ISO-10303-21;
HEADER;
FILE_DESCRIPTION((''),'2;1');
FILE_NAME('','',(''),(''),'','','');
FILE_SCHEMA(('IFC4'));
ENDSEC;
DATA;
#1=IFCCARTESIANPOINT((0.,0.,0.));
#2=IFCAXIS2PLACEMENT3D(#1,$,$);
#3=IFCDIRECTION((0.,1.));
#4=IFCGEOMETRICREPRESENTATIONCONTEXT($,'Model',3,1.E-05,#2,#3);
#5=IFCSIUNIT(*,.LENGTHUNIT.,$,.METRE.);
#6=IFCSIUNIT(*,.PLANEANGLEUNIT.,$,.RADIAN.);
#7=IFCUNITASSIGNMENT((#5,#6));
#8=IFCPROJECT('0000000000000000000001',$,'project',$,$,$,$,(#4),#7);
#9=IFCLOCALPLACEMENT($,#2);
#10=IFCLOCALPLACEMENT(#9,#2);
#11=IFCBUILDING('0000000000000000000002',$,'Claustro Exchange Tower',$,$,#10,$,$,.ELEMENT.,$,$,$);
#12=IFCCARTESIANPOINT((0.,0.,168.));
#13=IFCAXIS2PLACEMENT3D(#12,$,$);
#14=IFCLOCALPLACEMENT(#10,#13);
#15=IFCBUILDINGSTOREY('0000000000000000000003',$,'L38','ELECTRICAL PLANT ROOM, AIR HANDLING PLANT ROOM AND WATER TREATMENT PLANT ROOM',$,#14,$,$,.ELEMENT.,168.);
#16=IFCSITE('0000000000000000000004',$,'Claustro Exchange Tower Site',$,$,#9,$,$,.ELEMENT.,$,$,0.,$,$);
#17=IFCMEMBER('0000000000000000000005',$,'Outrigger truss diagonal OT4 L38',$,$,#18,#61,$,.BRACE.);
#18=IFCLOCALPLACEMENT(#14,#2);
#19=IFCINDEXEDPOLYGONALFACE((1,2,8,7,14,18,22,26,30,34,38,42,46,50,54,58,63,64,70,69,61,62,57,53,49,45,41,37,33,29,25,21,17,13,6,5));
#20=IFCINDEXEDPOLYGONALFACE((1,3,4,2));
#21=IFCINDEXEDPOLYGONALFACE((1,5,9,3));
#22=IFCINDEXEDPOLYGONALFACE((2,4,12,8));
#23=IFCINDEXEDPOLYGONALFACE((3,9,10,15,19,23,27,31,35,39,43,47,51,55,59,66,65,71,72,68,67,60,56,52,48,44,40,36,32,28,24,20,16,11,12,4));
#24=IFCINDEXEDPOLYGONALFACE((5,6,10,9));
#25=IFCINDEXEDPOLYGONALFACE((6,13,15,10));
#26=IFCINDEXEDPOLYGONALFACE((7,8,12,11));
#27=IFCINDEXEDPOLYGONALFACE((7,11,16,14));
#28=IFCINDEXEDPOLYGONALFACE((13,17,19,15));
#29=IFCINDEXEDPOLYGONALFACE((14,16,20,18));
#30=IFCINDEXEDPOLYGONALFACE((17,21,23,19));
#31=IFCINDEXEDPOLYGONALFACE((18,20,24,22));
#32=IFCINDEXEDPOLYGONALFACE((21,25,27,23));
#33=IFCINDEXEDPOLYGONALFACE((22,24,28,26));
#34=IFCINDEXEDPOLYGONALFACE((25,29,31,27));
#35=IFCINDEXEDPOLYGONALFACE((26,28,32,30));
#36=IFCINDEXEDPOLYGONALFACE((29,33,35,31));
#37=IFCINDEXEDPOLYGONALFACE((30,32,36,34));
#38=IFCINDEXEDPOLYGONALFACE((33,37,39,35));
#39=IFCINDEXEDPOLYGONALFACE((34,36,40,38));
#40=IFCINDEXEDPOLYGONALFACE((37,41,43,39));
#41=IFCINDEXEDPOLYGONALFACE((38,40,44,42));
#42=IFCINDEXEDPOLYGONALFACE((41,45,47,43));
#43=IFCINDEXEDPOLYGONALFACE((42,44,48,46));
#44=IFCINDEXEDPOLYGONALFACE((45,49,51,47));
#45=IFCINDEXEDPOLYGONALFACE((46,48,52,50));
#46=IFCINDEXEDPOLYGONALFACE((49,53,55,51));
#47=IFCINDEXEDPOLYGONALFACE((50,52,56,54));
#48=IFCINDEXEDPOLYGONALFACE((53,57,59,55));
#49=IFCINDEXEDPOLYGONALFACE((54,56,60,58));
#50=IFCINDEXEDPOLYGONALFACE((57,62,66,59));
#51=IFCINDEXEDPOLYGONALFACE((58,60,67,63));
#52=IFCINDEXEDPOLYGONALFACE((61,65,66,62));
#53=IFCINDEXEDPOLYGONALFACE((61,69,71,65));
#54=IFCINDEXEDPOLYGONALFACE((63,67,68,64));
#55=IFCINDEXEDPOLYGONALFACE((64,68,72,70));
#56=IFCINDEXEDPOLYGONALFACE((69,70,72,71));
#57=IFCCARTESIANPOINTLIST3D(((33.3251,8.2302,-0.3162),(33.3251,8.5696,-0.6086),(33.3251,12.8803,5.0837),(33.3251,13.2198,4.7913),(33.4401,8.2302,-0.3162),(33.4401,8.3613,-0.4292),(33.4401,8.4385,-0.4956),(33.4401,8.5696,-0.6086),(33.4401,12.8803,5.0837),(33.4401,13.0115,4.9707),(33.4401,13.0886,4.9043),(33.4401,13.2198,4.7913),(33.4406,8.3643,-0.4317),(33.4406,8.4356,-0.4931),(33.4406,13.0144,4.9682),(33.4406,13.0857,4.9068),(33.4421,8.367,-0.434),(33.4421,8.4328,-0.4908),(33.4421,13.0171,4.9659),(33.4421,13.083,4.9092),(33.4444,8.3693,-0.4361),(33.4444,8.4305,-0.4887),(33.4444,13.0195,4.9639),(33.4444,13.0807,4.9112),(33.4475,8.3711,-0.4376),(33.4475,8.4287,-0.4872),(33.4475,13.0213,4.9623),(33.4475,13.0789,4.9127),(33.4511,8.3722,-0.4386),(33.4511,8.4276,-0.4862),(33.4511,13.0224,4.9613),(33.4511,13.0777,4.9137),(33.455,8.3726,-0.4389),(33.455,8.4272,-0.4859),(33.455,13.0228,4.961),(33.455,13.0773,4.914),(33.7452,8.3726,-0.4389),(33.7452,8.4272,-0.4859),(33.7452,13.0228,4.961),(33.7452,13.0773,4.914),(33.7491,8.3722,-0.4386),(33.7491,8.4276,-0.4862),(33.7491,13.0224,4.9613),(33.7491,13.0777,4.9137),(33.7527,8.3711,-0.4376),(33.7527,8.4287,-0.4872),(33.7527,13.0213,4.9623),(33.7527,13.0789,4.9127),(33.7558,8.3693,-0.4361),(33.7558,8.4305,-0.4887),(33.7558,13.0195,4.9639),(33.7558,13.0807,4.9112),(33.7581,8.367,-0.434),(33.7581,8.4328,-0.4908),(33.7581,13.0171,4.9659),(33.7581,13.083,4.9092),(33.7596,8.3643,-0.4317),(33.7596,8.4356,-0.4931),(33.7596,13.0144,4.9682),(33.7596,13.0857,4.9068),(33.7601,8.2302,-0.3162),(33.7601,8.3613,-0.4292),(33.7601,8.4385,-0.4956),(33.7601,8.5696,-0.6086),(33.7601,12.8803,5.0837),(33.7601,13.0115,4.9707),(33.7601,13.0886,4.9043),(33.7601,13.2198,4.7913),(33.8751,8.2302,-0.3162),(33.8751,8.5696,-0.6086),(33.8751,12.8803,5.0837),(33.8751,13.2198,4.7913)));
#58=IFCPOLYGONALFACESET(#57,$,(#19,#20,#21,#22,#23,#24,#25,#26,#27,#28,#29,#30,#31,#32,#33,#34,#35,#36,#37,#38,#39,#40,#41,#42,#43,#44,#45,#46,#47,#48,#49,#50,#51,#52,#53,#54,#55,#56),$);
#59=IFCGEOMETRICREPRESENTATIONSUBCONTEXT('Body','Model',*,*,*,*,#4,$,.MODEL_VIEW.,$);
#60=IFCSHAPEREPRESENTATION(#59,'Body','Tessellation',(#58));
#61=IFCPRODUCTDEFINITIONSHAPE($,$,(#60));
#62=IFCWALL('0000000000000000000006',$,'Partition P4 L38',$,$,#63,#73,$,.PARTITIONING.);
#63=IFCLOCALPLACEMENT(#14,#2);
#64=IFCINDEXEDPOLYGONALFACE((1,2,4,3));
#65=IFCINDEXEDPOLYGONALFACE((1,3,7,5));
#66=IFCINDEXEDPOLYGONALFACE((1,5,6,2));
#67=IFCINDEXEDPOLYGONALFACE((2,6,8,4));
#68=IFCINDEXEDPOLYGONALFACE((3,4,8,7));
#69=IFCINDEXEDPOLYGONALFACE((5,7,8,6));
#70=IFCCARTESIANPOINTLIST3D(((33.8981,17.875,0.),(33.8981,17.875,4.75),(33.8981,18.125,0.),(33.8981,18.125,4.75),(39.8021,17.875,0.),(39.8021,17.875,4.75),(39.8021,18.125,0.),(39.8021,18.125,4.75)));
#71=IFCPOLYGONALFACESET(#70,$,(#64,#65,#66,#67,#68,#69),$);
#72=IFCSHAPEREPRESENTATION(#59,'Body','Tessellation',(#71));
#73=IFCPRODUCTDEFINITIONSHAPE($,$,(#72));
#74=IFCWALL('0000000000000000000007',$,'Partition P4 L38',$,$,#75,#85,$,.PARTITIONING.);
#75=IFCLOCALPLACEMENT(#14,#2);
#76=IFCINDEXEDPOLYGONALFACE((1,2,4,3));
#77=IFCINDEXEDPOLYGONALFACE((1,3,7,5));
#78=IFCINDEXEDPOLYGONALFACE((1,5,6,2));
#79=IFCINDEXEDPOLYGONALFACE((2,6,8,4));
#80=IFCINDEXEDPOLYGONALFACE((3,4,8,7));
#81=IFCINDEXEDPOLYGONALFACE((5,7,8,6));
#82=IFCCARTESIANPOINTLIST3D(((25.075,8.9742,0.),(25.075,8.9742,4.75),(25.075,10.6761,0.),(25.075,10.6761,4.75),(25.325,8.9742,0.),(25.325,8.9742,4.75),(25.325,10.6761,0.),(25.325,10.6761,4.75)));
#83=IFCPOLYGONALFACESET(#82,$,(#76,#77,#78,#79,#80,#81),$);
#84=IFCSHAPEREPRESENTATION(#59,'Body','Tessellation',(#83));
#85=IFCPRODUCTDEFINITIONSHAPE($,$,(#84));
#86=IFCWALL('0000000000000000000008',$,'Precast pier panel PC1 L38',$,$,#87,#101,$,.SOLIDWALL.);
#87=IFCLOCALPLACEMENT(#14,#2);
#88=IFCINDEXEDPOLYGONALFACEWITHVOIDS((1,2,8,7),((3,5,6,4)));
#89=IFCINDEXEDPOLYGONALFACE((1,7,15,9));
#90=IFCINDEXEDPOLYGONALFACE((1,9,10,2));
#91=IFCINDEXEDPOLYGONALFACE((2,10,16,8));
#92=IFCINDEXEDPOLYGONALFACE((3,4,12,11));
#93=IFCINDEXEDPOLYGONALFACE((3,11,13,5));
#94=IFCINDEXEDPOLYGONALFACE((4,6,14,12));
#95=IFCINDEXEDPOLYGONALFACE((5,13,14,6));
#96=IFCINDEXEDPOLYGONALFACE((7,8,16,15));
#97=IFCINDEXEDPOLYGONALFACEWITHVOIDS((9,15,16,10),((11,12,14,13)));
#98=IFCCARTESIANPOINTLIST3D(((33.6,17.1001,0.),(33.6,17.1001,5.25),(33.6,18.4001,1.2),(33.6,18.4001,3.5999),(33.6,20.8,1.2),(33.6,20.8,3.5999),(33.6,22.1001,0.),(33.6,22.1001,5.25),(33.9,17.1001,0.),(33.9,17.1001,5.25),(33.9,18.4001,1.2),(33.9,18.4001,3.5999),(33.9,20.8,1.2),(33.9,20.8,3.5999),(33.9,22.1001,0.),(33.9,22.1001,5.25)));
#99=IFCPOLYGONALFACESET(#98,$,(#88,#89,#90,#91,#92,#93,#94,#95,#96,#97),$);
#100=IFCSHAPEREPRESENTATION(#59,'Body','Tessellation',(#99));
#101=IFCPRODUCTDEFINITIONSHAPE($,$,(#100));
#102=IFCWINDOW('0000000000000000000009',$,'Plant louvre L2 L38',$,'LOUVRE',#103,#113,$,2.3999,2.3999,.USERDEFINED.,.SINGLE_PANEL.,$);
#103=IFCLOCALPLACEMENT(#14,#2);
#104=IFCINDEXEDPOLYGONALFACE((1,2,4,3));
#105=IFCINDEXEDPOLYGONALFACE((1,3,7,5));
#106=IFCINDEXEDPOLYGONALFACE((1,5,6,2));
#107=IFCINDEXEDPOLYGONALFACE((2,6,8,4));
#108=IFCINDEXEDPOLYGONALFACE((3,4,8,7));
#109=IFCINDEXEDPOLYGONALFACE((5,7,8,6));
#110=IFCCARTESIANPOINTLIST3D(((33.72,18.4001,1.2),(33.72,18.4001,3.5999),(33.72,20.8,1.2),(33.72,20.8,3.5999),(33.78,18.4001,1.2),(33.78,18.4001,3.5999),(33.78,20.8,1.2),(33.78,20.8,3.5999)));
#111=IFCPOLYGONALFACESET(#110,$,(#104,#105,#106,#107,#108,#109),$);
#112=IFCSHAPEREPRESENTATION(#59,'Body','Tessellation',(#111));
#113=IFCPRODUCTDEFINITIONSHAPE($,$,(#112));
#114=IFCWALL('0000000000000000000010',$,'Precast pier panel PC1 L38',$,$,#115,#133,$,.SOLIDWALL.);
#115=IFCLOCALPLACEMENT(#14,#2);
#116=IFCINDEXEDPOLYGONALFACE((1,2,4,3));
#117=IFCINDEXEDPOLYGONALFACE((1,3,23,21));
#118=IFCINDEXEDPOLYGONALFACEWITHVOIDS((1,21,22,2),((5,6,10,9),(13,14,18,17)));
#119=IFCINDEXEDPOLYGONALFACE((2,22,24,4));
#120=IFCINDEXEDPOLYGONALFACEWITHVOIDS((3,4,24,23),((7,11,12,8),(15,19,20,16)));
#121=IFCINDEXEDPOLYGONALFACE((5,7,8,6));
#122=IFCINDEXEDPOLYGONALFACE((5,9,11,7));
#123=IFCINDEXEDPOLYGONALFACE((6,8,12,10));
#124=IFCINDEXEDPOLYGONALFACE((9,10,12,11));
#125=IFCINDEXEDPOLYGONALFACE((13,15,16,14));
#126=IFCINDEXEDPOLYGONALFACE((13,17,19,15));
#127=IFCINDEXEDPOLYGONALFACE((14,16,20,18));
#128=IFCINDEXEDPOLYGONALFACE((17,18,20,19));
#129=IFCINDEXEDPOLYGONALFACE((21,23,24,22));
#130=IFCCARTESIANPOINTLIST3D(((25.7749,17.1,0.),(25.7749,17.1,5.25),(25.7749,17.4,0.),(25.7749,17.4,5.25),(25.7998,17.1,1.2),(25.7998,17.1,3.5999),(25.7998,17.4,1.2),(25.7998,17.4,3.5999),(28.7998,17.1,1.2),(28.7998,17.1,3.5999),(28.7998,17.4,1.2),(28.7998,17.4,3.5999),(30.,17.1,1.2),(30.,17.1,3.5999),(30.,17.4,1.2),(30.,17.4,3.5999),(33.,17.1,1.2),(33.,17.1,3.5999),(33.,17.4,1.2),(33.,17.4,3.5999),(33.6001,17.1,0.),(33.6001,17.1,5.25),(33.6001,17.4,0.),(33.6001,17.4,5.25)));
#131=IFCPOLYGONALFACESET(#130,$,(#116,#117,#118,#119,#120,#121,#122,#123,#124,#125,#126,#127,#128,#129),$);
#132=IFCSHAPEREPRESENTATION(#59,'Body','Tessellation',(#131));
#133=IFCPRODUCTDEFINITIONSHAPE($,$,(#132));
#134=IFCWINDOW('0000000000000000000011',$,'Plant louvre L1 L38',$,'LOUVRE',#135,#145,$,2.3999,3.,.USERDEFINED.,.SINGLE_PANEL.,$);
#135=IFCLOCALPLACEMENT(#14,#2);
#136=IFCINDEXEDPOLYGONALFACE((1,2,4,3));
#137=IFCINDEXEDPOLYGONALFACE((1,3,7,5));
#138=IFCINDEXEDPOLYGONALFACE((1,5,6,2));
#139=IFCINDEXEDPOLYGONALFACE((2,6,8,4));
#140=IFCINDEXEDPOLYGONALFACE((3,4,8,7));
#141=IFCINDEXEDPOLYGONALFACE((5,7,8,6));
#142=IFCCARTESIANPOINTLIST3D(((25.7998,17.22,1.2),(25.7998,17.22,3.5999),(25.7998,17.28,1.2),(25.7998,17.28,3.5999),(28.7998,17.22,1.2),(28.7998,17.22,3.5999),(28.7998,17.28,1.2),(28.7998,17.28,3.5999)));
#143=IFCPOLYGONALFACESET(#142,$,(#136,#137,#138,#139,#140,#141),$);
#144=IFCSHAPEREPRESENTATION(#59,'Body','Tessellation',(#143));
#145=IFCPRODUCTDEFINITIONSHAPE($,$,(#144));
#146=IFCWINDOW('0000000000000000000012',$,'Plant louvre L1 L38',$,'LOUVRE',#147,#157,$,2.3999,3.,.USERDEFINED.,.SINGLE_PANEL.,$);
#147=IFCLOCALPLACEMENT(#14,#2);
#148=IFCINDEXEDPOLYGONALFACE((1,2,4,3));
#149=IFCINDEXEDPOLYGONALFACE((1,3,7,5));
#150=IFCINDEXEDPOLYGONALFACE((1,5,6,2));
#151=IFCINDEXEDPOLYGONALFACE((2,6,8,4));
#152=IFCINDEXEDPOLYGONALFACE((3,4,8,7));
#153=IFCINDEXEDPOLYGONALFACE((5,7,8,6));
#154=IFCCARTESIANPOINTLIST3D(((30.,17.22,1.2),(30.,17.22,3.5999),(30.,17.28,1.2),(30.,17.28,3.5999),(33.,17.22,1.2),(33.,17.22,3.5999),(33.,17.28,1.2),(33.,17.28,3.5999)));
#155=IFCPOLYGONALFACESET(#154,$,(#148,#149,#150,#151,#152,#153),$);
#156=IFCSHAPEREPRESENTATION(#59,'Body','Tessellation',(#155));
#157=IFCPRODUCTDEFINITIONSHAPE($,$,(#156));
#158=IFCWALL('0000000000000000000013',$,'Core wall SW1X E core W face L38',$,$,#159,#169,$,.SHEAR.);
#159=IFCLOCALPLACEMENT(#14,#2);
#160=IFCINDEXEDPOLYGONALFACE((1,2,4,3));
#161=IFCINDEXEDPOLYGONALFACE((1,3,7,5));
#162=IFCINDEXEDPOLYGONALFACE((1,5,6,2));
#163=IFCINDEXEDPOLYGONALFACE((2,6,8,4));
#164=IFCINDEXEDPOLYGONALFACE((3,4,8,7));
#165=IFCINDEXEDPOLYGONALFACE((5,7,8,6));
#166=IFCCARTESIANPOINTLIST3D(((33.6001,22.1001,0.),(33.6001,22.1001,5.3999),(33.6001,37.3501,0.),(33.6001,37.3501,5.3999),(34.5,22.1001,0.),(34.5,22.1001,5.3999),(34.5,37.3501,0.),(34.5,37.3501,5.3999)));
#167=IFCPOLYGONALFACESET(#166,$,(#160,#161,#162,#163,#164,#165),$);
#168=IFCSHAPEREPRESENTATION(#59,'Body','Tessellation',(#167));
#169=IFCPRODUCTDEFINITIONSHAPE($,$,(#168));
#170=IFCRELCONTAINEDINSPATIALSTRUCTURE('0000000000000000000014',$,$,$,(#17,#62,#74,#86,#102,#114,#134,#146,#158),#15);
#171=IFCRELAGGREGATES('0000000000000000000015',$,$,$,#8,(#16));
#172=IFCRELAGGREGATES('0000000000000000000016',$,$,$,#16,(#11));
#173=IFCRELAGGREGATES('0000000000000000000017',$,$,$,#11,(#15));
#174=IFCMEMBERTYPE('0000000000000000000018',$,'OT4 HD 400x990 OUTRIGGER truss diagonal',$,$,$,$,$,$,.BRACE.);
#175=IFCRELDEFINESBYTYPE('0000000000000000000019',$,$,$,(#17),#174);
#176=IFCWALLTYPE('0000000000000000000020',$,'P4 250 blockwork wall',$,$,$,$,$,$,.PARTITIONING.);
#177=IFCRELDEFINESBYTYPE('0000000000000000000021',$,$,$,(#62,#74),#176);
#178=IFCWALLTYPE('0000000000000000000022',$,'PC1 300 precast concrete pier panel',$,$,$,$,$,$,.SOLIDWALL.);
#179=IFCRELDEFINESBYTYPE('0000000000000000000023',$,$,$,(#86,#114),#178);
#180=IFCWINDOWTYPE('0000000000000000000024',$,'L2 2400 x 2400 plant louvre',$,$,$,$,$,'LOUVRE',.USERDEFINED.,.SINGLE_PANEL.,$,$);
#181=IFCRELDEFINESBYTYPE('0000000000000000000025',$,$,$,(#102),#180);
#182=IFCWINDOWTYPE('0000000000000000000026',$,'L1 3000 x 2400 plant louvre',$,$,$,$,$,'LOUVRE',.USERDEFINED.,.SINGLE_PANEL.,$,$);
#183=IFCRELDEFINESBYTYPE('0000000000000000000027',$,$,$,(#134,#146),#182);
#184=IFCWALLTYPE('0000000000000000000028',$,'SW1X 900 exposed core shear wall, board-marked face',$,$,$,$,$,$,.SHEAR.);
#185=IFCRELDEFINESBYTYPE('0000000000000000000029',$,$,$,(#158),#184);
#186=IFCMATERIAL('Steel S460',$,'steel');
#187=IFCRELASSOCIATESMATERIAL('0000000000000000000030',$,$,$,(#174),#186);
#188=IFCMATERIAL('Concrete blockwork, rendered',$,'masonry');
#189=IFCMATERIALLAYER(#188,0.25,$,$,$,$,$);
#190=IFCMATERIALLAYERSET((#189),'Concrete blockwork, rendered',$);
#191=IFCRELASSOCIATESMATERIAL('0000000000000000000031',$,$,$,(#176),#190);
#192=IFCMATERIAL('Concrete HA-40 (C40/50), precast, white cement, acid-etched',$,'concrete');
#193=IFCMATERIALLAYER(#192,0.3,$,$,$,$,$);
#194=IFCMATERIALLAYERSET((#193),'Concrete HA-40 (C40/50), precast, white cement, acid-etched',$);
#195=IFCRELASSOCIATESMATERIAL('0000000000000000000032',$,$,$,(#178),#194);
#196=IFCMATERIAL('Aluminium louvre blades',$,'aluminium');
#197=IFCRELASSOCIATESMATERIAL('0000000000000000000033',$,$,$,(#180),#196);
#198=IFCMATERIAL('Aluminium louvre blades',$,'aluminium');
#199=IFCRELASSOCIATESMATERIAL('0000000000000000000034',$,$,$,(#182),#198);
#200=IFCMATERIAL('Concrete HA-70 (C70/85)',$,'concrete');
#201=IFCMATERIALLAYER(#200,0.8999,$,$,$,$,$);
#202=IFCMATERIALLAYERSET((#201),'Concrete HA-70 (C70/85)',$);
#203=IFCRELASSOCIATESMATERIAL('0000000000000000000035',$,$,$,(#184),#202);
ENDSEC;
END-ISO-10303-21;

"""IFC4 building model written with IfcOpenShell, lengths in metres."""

from ifc_helpers import new_model, si_unit, direction, frame, frame_2d, origin, origin_2d, place, context, subcontext, project, spatial, rectangle, i_section, extrude, material, layer, layer_set, material_profile, profile_set, type_object, element, fill, save


model = new_model("IFC4")

# Units and contexts
model_context = context("Model", 3, precision=1e-05, world=origin(), true_north=direction((0.0, 1.0)))
body_context = subcontext(model_context, "Body", "Model", "MODEL_VIEW")
ifc_project = project(units=[si_unit("LENGTHUNIT", "METRE"), si_unit("PLANEANGLEUNIT", "RADIAN")], contexts=[model_context])

# Site, building, storey
site_placement = place(None, origin())
site = spatial("IfcSite", under=ifc_project, at=site_placement, Name="Claustro Exchange Tower Site", CompositionType="ELEMENT", RefElevation=0.0)
building_placement = place(site_placement, origin())
building = spatial("IfcBuilding", under=site, at=building_placement, Name="Claustro Exchange Tower", CompositionType="ELEMENT")
storey_placement = place(building_placement, frame((0.0, 0.0, 168.0)))
storey = spatial("IfcBuildingStorey", under=building, at=storey_placement, Name="L38", Description="ELECTRICAL PLANT ROOM, AIR HANDLING PLANT ROOM AND WATER TREATMENT PLANT ROOM", CompositionType="ELEMENT", Elevation=168.0)

# Member
ifc_material_1 = material(Name="Steel S460", Category="steel")
ifc_material_profile_1 = material_profile(ifc_material_1, i_section(OverallWidth=0.448, OverallDepth=0.55, WebThickness=0.072, FlangeThickness=0.115, FilletRadius=0.0149, at=origin_2d()), Name="HD 400x990")
ifc_profile_set_1 = profile_set([ifc_material_profile_1], Name="Steel S460")
member_type = type_object("IfcMemberType", Name="OT4 HD 400x990 OUTRIGGER truss diagonal", PredefinedType="BRACE", material=ifc_profile_set_1)
member_placement = place(storey_placement, frame((33.6001, 8.3999, -0.4624), z_axis=(0.0, 0.652542, 0.757753), x_axis=(0.0, -0.757753, 0.652542)))
element("IfcMember", 1, at=member_placement, inside=storey, type_object=member_type, Name="Outrigger truss diagonal OT4 L38", PredefinedType="BRACE", context=body_context, shape_type="SweptSolid", body=[
    extrude(i_section(OverallWidth=0.448, OverallDepth=0.55, WebThickness=0.072, FlangeThickness=0.115, FilletRadius=0.0149, at=origin_2d()), origin(), (0.0, 0.0, 1.0), 7.1262),
])

# Walls
ifc_material_2 = material(Name="Concrete blockwork, rendered", Category="masonry")
ifc_layer_1 = layer(ifc_material_2, 0.25)
ifc_layer_set_1 = layer_set([ifc_layer_1], Name="Concrete blockwork, rendered")
wall_type_1 = type_object("IfcWallType", Name="P4 250 blockwork wall", PredefinedType="PARTITIONING", material=ifc_layer_set_1)
wall_1_placement = place(storey_placement, frame((33.8979, 18.0, 0.0), z_axis=(0.0, 0.0, 1.0), x_axis=(1.0, 0.0, 0.0)))
element("IfcWall", 2, at=wall_1_placement, inside=storey, type_object=wall_type_1, Name="Partition P4 L38", PredefinedType="PARTITIONING", context=body_context, shape_type="SweptSolid", body=[
    extrude(rectangle(XDim=5.9041, YDim=0.25, at=frame_2d((2.9521, 0.0))), origin(), (0.0, 0.0, 1.0), 4.75),
])
wall_2_placement = place(storey_placement, frame((25.2, 8.9741, 0.0), z_axis=(0.0, 0.0, 1.0), x_axis=(0.0, 1.0, 0.0)))
element("IfcWall", 3, at=wall_2_placement, inside=storey, type_object=wall_type_1, Name="Partition P4 L38", PredefinedType="PARTITIONING", context=body_context, shape_type="SweptSolid", body=[
    extrude(rectangle(XDim=1.7019, YDim=0.25, at=frame_2d((0.8511, 0.0))), origin(), (0.0, 0.0, 1.0), 4.75),
])

# Wall, opening, window
ifc_material_3 = material(Name="Concrete HA-40 (C40/50), precast, white cement, acid-etched", Category="concrete")
ifc_layer_2 = layer(ifc_material_3, 0.3)
ifc_layer_set_2 = layer_set([ifc_layer_2], Name="Concrete HA-40 (C40/50), precast, white cement, acid-etched")
wall_type_2 = type_object("IfcWallType", Name="PC1 300 precast concrete pier panel", PredefinedType="SOLIDWALL", material=ifc_layer_set_2)
wall_3_placement = place(storey_placement, frame((33.75, 17.1001, 0.0), z_axis=(0.0, 0.0, 1.0), x_axis=(0.0, 1.0, 0.0)))
wall_3 = element("IfcWall", 4, at=wall_3_placement, inside=storey, type_object=wall_type_2, Name="Precast pier panel PC1 L38", PredefinedType="SOLIDWALL", context=body_context, shape_type="SweptSolid", body=[
    extrude(rectangle(XDim=5.0, YDim=0.3, at=frame_2d((2.5, 0.0))), origin(), (0.0, 0.0, 1.0), 5.25),
])
opening_1_placement = place(wall_3_placement, frame((1.3, 0.0, 1.2)))
opening_1 = element("IfcOpeningElement", 5, at=opening_1_placement, cuts=wall_3, PredefinedType="OPENING", context=body_context, shape_type="SweptSolid", body=[
    extrude(rectangle(XDim=2.3999, YDim=2.3999, at=frame_2d((1.2, 1.2))), frame((0.0, 0.1599, 0.0), z_axis=(0.0, -1.0, 0.0), x_axis=(1.0, 0.0, 0.0)), (0.0, 0.0, 1.0), 0.3201),
])
ifc_material_4 = material(Name="Aluminium louvre blades", Category="aluminium")
window_type_1 = type_object("IfcWindowType", Name="L2 2400 x 2400 plant louvre", ElementType="LOUVRE", PartitioningType="SINGLE_PANEL", PredefinedType="USERDEFINED", material=ifc_material_4)
window_1_placement = place(opening_1_placement, origin())
window_1 = element("IfcWindow", 6, at=window_1_placement, inside=storey, type_object=window_type_1, Name="Plant louvre L2 L38", ObjectType="LOUVRE", OverallHeight=2.3999, OverallWidth=2.3999, PartitioningType="SINGLE_PANEL", PredefinedType="USERDEFINED", context=body_context, shape_type="SweptSolid", body=[
    extrude(rectangle(XDim=2.3999, YDim=2.3999, at=frame_2d((1.2, 1.2))), frame((0.0, 0.03, 0.0), z_axis=(0.0, -1.0, 0.0), x_axis=(1.0, 0.0, 0.0)), (0.0, 0.0, 1.0), 0.0601),
])
fill(opening_1, window_1)

# Wall, openings, windows
wall_4_placement = place(storey_placement, frame((25.7749, 17.25, 0.0), z_axis=(0.0, 0.0, 1.0), x_axis=(1.0, 0.0, 0.0)))
wall_4 = element("IfcWall", 7, at=wall_4_placement, inside=storey, type_object=wall_type_2, Name="Precast pier panel PC1 L38", PredefinedType="SOLIDWALL", context=body_context, shape_type="SweptSolid", body=[
    extrude(rectangle(XDim=7.8252, YDim=0.3, at=frame_2d((3.9126, 0.0))), origin(), (0.0, 0.0, 1.0), 5.25),
])
opening_2_placement = place(wall_4_placement, frame((0.0249, 0.0, 1.2)))
opening_2 = element("IfcOpeningElement", 8, at=opening_2_placement, cuts=wall_4, PredefinedType="OPENING", context=body_context, shape_type="SweptSolid", body=[
    extrude(rectangle(XDim=3.0, YDim=2.3999, at=frame_2d((1.5, 1.2))), frame((0.0, 0.1599, 0.0), z_axis=(0.0, -1.0, 0.0), x_axis=(1.0, 0.0, 0.0)), (0.0, 0.0, 1.0), 0.3201),
])
opening_3_placement = place(wall_4_placement, frame((4.2251, 0.0, 1.2)))
opening_3 = element("IfcOpeningElement", 9, at=opening_3_placement, cuts=wall_4, PredefinedType="OPENING", context=body_context, shape_type="SweptSolid", body=[
    extrude(rectangle(XDim=3.0, YDim=2.3999, at=frame_2d((1.5, 1.2))), frame((0.0, 0.1599, 0.0), z_axis=(0.0, -1.0, 0.0), x_axis=(1.0, 0.0, 0.0)), (0.0, 0.0, 1.0), 0.3201),
])
ifc_material_5 = material(Name="Aluminium louvre blades", Category="aluminium")
window_type_2 = type_object("IfcWindowType", Name="L1 3000 x 2400 plant louvre", ElementType="LOUVRE", PartitioningType="SINGLE_PANEL", PredefinedType="USERDEFINED", material=ifc_material_5)
window_2_placement = place(opening_2_placement, origin())
window_2 = element("IfcWindow", 10, at=window_2_placement, inside=storey, type_object=window_type_2, Name="Plant louvre L1 L38", ObjectType="LOUVRE", OverallHeight=2.3999, OverallWidth=3.0, PartitioningType="SINGLE_PANEL", PredefinedType="USERDEFINED", context=body_context, shape_type="SweptSolid", body=[
    extrude(rectangle(XDim=3.0, YDim=2.3999, at=frame_2d((1.5, 1.2))), frame((0.0, 0.03, 0.0), z_axis=(0.0, -1.0, 0.0), x_axis=(1.0, 0.0, 0.0)), (0.0, 0.0, 1.0), 0.0601),
])
fill(opening_2, window_2)
window_3_placement = place(opening_3_placement, origin())
window_3 = element("IfcWindow", 11, at=window_3_placement, inside=storey, type_object=window_type_2, Name="Plant louvre L1 L38", ObjectType="LOUVRE", OverallHeight=2.3999, OverallWidth=3.0, PartitioningType="SINGLE_PANEL", PredefinedType="USERDEFINED", context=body_context, shape_type="SweptSolid", body=[
    extrude(rectangle(XDim=3.0, YDim=2.3999, at=frame_2d((1.5, 1.2))), frame((0.0, 0.03, 0.0), z_axis=(0.0, -1.0, 0.0), x_axis=(1.0, 0.0, 0.0)), (0.0, 0.0, 1.0), 0.0601),
])
fill(opening_3, window_3)

# Wall
ifc_material_6 = material(Name="Concrete HA-70 (C70/85)", Category="concrete")
ifc_layer_3 = layer(ifc_material_6, 0.8999)
ifc_layer_set_3 = layer_set([ifc_layer_3], Name="Concrete HA-70 (C70/85)")
wall_type_3 = type_object("IfcWallType", Name="SW1X 900 exposed core shear wall, board-marked face", PredefinedType="SHEAR", material=ifc_layer_set_3)
wall_5_placement = place(storey_placement, frame((34.05, 22.1001, 0.0), z_axis=(0.0, 0.0, 1.0), x_axis=(0.0, 1.0, 0.0)))
element("IfcWall", 12, at=wall_5_placement, inside=storey, type_object=wall_type_3, Name="Core wall SW1X E core W face L38", PredefinedType="SHEAR", context=body_context, shape_type="SweptSolid", body=[
    extrude(rectangle(XDim=15.25, YDim=0.8999, at=frame_2d((7.625, 0.0))), origin(), (0.0, 0.0, 1.0), 5.3999),
])

save(model, "model.ifc")
